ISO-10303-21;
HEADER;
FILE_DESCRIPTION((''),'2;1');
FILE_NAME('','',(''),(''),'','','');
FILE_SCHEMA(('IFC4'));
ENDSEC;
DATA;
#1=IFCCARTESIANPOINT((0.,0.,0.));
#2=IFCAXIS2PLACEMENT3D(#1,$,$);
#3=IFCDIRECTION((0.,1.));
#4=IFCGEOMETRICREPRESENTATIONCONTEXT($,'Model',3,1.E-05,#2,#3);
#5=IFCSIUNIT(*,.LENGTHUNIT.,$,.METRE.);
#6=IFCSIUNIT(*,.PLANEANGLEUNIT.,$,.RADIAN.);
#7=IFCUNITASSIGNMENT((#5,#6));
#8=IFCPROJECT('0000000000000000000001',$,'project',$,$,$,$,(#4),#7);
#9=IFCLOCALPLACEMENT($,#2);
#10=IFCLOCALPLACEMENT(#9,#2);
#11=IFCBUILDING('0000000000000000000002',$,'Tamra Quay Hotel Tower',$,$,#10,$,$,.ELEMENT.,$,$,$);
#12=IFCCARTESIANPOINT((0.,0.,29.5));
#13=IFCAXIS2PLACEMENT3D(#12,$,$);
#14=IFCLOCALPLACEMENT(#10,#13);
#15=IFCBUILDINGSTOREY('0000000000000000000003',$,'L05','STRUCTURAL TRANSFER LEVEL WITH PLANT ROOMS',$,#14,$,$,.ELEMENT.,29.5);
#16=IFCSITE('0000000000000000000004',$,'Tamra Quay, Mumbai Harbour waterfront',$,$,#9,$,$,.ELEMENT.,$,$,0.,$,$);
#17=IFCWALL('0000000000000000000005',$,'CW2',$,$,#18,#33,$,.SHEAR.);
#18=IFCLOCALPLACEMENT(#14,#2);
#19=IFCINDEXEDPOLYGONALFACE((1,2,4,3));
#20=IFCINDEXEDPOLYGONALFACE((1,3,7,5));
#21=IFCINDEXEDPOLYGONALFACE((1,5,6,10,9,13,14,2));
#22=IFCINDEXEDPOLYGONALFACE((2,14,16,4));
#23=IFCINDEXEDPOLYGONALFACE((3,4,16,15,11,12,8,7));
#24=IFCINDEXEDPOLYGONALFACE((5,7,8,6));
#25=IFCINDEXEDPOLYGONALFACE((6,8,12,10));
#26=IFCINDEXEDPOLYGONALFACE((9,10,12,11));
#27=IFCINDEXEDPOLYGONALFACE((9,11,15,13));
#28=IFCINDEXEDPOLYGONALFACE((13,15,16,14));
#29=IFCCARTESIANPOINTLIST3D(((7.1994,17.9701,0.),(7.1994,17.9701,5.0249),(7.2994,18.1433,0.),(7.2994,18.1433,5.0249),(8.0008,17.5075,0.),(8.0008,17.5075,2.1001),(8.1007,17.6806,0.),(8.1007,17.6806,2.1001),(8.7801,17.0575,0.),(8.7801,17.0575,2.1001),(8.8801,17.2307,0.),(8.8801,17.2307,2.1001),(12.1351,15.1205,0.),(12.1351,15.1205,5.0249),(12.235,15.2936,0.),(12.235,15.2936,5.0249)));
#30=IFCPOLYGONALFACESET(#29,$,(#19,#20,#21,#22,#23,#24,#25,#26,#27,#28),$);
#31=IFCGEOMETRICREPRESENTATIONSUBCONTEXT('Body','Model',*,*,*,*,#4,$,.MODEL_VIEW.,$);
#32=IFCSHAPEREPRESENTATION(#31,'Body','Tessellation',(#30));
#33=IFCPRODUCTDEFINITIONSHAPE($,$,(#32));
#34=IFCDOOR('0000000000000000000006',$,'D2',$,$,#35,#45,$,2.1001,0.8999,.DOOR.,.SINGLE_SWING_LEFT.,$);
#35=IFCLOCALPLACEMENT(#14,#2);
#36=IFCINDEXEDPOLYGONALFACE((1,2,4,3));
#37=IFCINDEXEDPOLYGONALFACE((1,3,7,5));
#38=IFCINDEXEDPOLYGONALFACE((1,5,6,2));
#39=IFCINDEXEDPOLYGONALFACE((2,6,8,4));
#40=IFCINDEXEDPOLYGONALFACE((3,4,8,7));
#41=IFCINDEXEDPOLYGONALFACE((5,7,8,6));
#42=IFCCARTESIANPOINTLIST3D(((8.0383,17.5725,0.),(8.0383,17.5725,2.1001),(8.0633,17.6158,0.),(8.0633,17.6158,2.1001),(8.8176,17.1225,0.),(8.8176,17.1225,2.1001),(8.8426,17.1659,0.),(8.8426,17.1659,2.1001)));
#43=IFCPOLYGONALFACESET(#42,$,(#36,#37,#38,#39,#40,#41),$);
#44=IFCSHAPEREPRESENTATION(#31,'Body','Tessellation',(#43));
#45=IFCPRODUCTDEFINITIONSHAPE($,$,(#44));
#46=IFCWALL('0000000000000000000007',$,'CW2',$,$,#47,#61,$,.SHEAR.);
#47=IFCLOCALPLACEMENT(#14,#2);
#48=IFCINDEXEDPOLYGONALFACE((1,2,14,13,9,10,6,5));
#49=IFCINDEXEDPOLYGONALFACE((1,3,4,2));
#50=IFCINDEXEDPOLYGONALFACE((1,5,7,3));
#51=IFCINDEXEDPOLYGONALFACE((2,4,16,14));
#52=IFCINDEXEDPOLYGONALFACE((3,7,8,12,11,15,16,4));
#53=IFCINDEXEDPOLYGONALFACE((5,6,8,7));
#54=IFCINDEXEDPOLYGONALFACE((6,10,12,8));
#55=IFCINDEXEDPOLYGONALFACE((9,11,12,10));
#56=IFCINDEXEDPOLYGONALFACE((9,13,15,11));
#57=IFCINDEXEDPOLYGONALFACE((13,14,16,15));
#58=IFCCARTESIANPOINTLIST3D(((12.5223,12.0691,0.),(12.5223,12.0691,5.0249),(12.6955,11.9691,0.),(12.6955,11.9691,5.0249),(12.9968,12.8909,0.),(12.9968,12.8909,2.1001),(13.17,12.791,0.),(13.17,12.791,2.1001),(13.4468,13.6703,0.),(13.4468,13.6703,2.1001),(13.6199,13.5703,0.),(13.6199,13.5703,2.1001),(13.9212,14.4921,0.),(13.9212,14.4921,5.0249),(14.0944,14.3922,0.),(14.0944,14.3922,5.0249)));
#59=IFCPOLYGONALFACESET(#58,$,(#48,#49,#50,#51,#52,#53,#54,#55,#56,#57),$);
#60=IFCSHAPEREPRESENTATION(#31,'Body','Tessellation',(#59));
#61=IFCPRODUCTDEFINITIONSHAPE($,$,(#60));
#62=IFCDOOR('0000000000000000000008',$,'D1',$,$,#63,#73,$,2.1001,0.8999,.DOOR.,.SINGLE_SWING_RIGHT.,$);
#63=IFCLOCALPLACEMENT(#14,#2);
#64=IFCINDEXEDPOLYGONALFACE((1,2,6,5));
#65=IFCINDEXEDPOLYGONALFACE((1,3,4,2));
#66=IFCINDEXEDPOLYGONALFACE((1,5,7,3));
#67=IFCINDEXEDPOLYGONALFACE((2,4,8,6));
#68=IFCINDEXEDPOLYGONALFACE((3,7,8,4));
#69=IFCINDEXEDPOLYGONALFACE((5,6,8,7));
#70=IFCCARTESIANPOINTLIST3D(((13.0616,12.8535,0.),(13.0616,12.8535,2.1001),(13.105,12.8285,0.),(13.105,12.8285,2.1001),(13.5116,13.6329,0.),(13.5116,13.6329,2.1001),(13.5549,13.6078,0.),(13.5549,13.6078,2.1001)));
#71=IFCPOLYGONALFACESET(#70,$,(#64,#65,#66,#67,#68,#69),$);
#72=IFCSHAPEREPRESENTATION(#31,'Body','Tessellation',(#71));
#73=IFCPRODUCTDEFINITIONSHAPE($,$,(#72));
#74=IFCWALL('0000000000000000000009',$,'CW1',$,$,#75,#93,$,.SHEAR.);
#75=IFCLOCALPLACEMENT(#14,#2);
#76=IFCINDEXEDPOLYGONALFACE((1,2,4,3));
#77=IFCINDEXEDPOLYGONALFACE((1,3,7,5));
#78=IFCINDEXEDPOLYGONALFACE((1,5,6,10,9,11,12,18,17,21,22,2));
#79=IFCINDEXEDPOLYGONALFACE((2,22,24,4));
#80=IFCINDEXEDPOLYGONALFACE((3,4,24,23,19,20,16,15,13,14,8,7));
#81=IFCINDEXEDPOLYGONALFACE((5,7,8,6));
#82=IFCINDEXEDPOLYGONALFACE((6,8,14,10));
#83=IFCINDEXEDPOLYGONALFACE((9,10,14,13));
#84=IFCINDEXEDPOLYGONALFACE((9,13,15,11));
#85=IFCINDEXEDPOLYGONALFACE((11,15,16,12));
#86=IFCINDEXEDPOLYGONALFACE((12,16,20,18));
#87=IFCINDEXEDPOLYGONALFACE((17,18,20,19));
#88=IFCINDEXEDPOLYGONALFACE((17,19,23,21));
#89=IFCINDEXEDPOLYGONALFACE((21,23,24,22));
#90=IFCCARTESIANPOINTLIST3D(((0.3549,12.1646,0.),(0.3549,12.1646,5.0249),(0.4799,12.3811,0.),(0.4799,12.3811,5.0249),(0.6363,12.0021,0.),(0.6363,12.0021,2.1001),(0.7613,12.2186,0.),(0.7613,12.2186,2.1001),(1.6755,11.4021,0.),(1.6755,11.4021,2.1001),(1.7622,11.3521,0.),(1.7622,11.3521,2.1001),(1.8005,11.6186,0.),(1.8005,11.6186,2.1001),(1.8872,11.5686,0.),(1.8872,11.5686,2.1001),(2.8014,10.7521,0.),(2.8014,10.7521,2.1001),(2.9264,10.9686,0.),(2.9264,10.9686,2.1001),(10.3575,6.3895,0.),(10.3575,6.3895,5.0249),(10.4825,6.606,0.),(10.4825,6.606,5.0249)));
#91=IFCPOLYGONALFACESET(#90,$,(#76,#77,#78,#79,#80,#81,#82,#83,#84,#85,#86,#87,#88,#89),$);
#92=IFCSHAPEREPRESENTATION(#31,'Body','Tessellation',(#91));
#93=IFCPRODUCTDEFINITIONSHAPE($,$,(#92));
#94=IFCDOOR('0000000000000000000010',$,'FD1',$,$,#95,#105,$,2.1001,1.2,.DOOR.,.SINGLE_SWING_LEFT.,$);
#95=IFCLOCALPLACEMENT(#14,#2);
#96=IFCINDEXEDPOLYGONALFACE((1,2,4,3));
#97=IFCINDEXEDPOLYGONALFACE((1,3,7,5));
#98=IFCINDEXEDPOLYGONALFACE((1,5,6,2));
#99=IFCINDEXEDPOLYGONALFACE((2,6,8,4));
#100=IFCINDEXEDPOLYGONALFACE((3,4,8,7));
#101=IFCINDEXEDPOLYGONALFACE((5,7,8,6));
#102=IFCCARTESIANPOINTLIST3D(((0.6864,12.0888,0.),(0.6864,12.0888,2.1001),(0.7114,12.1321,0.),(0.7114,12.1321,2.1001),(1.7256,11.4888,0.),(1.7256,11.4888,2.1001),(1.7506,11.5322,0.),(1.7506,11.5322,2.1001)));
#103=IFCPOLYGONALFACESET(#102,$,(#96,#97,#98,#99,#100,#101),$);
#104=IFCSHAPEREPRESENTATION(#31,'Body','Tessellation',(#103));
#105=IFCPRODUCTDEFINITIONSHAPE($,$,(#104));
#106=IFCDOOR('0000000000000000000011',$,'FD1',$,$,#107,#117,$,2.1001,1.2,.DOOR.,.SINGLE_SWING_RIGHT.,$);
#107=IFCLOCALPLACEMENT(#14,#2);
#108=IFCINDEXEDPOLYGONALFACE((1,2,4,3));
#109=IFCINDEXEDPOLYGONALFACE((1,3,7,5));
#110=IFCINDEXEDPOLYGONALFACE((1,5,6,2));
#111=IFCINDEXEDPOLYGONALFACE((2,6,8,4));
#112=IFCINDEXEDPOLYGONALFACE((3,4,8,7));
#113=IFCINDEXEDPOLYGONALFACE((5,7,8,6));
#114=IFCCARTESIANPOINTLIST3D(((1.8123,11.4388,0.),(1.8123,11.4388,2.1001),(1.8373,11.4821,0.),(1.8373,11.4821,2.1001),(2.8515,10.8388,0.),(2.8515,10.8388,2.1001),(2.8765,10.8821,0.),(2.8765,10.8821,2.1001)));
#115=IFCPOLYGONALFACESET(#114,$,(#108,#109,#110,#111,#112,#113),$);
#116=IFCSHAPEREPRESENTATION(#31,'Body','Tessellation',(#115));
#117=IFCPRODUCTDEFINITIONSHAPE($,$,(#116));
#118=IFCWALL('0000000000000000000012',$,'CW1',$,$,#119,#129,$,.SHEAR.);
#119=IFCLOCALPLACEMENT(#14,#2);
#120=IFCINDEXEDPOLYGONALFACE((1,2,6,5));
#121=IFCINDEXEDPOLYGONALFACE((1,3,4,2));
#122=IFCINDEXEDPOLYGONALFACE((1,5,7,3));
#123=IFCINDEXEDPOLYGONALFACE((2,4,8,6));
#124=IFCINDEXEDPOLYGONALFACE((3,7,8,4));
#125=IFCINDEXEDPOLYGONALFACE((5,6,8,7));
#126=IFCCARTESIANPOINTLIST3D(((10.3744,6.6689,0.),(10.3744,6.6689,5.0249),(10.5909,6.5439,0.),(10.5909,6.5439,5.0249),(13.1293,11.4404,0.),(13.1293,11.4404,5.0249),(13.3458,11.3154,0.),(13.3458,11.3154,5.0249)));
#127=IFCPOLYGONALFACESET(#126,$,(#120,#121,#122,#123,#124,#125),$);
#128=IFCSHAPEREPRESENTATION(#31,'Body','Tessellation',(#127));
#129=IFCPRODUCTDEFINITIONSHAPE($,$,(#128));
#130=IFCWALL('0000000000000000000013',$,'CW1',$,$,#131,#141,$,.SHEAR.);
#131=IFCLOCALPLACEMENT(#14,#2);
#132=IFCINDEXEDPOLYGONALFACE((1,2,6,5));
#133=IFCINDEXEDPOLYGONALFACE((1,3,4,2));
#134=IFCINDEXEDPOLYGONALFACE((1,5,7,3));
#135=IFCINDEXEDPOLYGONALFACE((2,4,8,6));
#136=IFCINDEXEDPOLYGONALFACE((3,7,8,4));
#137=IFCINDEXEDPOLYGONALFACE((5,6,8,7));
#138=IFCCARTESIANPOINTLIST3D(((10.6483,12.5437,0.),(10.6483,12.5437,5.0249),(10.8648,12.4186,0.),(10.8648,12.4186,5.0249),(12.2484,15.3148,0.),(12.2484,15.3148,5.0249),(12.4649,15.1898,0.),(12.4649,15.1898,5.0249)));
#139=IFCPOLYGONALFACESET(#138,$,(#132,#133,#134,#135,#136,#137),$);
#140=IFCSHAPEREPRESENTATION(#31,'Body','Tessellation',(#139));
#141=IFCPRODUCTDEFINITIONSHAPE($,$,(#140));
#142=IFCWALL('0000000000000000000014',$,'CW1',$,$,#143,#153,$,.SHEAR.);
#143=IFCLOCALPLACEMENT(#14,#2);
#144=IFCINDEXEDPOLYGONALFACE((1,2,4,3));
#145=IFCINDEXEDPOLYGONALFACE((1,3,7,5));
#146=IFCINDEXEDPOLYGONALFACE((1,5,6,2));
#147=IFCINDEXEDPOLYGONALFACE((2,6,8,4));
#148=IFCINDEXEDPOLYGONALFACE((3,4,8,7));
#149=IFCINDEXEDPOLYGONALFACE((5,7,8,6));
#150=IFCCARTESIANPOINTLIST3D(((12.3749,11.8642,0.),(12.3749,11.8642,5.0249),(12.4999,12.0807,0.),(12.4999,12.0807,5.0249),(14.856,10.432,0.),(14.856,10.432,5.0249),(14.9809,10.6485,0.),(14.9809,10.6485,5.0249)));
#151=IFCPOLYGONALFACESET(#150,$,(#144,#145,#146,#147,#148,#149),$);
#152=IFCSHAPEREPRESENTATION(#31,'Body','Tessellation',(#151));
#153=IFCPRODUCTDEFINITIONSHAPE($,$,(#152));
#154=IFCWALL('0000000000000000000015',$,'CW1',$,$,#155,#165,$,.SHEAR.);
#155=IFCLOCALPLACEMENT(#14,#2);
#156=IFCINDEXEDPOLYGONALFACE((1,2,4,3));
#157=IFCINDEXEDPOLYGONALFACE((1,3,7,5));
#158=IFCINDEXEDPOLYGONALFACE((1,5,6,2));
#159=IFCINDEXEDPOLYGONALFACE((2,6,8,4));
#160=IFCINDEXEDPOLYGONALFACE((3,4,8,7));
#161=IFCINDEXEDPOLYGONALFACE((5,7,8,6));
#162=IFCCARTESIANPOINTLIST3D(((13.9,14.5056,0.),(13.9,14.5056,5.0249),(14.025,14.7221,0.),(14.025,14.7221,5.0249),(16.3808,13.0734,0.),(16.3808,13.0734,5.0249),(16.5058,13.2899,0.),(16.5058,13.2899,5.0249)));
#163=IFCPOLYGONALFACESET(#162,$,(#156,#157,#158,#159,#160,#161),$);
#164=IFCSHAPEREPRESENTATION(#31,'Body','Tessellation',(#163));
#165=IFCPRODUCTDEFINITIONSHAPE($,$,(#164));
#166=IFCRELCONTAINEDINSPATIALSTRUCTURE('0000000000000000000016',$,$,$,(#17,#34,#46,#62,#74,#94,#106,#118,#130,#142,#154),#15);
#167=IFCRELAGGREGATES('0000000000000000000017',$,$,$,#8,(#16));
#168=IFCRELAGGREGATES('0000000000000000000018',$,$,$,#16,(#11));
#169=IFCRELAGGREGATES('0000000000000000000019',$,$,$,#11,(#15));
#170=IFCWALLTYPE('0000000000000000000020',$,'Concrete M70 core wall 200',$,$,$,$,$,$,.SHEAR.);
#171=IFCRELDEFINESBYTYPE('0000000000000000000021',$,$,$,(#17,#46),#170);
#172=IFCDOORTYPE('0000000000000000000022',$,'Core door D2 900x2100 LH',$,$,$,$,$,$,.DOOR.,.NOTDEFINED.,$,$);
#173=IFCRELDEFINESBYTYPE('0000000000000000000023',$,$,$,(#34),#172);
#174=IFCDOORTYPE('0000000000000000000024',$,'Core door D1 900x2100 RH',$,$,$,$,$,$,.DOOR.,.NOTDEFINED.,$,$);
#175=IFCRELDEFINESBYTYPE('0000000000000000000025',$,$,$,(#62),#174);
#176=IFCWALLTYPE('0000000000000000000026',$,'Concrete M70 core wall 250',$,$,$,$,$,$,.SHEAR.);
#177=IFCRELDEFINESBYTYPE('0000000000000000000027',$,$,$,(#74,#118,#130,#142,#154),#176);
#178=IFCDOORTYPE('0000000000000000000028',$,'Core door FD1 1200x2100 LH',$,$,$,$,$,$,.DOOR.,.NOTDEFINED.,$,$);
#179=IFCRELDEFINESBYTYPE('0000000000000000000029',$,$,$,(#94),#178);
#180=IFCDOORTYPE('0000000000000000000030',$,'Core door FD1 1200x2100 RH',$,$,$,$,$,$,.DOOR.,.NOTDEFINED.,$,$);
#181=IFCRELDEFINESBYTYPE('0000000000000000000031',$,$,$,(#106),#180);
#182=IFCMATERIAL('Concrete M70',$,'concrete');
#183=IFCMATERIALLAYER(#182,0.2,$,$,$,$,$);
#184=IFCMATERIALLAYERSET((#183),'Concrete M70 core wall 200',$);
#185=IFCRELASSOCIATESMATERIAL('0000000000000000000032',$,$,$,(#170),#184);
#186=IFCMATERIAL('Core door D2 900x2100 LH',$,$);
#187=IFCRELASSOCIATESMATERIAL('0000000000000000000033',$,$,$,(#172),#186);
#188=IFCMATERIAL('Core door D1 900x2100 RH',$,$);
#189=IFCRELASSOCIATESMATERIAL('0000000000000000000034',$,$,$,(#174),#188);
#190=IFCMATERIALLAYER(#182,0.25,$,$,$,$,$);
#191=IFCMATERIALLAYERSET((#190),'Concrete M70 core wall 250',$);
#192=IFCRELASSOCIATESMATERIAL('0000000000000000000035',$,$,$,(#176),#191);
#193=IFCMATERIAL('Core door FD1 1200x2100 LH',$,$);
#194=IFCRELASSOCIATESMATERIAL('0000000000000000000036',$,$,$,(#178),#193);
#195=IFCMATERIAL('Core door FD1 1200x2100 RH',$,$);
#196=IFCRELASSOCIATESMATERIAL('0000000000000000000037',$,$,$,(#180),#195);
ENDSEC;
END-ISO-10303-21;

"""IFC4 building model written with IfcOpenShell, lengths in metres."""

from ifc_helpers import new_model, si_unit, direction, frame, frame_2d, origin, place, context, subcontext, project, spatial, rectangle, extrude, material, layer, layer_set, type_object, element, fill, save


model = new_model("IFC4")

# Units and contexts
model_context = context("Model", 3, precision=1e-05, world=origin(), true_north=direction((0.0, 1.0)))
body_context = subcontext(model_context, "Body", "Model", "MODEL_VIEW")
ifc_project = project(units=[si_unit("LENGTHUNIT", "METRE"), si_unit("PLANEANGLEUNIT", "RADIAN")], contexts=[model_context])

# Site, building, storey
site_placement = place(None, origin())
site = spatial("IfcSite", under=ifc_project, at=site_placement, Name="Tamra Quay, Mumbai Harbour waterfront", CompositionType="ELEMENT", RefElevation=0.0)
building_placement = place(site_placement, origin())
building = spatial("IfcBuilding", under=site, at=building_placement, Name="Tamra Quay Hotel Tower", CompositionType="ELEMENT")
storey_placement = place(building_placement, frame((0.0, 0.0, 29.5)))
storey = spatial("IfcBuildingStorey", under=building, at=storey_placement, Name="L05", Description="STRUCTURAL TRANSFER LEVEL WITH PLANT ROOMS", CompositionType="ELEMENT", Elevation=29.5)

# Walls, openings, doors
ifc_material_1 = material(Name="Concrete M70", Category="concrete")
ifc_layer_1 = layer(ifc_material_1, 0.2)
ifc_layer_set_1 = layer_set([ifc_layer_1], Name="Concrete M70 core wall 200")
wall_type_1 = type_object("IfcWallType", Name="Concrete M70 core wall 200", PredefinedType="SHEAR", material=ifc_layer_set_1)
wall_1_placement = place(storey_placement, frame((12.1851, 15.207, 0.0), z_axis=(0.0, 0.0, 1.0), x_axis=(-0.86602, 0.500009, 0.0)))
wall_1 = element("IfcWall", 1, at=wall_1_placement, inside=storey, type_object=wall_type_1, Name="CW2", PredefinedType="SHEAR", context=body_context, shape_type="SweptSolid", body=[
    extrude(rectangle(XDim=5.6992, YDim=0.2, at=frame_2d((2.8496, 0.0))), origin(), (0.0, 0.0, 1.0), 5.0249),
])
opening_1_placement = place(wall_1_placement, frame((3.874, 0.0, 0.0)))
opening_1 = element("IfcOpeningElement", 2, at=opening_1_placement, cuts=wall_1, PredefinedType="OPENING", context=body_context, shape_type="SweptSolid", body=[
    extrude(rectangle(XDim=0.8999, YDim=2.1001, at=frame_2d((0.45, 1.05))), frame((0.0, 0.1099, 0.0), z_axis=(0.0, -1.0, 0.0), x_axis=(1.0, 0.0, 0.0)), (0.0, 0.0, 1.0), 0.22),
])
ifc_material_2 = material(Name="Core door D2 900x2100 LH")
door_type_1 = type_object("IfcDoorType", Name="Core door D2 900x2100 LH", OperationType="NOTDEFINED", PredefinedType="DOOR", material=ifc_material_2)
door_1_placement = place(opening_1_placement, origin())
door_1 = element("IfcDoor", 3, at=door_1_placement, inside=storey, type_object=door_type_1, Name="D2", OperationType="SINGLE_SWING_LEFT", OverallHeight=2.1001, OverallWidth=0.8999, PredefinedType="DOOR", context=body_context, shape_type="SweptSolid", body=[
    extrude(rectangle(XDim=0.8999, YDim=2.1001, at=frame_2d((0.45, 1.05))), frame((0.0, 0.0249, 0.0), z_axis=(0.0, -1.0, 0.0), x_axis=(1.0, 0.0, 0.0)), (0.0, 0.0, 1.0), 0.05),
])
fill(opening_1, door_1)
wall_2_placement = place(storey_placement, frame((14.0078, 14.4421, 0.0), z_axis=(0.0, 0.0, 1.0), x_axis=(-0.499987, -0.866033, 0.0)))
wall_2 = element("IfcWall", 4, at=wall_2_placement, inside=storey, type_object=wall_type_1, Name="CW2", PredefinedType="SHEAR", context=body_context, shape_type="SweptSolid", body=[
    extrude(rectangle(XDim=2.7979, YDim=0.2, at=frame_2d((1.3989, 0.0))), origin(), (0.0, 0.0, 1.0), 5.0249),
])
opening_2_placement = place(wall_2_placement, frame((0.949, 0.0, 0.0)))
opening_2 = element("IfcOpeningElement", 5, at=opening_2_placement, cuts=wall_2, PredefinedType="OPENING", context=body_context, shape_type="SweptSolid", body=[
    extrude(rectangle(XDim=0.8999, YDim=2.1001, at=frame_2d((0.45, 1.05))), frame((0.0, 0.1099, 0.0), z_axis=(0.0, -1.0, 0.0), x_axis=(1.0, 0.0, 0.0)), (0.0, 0.0, 1.0), 0.22),
])
ifc_material_3 = material(Name="Core door D1 900x2100 RH")
door_type_2 = type_object("IfcDoorType", Name="Core door D1 900x2100 RH", OperationType="NOTDEFINED", PredefinedType="DOOR", material=ifc_material_3)
door_2_placement = place(opening_2_placement, origin())
door_2 = element("IfcDoor", 6, at=door_2_placement, inside=storey, type_object=door_type_2, Name="D1", OperationType="SINGLE_SWING_RIGHT", OverallHeight=2.1001, OverallWidth=0.8999, PredefinedType="DOOR", context=body_context, shape_type="SweptSolid", body=[
    extrude(rectangle(XDim=0.8999, YDim=2.1001, at=frame_2d((0.45, 1.05))), frame((0.0, 0.0249, 0.0), z_axis=(0.0, -1.0, 0.0), x_axis=(1.0, 0.0, 0.0)), (0.0, 0.0, 1.0), 0.05),
])
fill(opening_2, door_2)

# Wall, openings, doors
ifc_layer_2 = layer(ifc_material_1, 0.25)
ifc_layer_set_2 = layer_set([ifc_layer_2], Name="Concrete M70 core wall 250")
wall_type_2 = type_object("IfcWallType", Name="Concrete M70 core wall 250", PredefinedType="SHEAR", material=ifc_layer_set_2)
wall_3_placement = place(storey_placement, frame((10.4199, 6.4978, 0.0), z_axis=(0.0, 0.0, 1.0), x_axis=(-0.866022, 0.500006, 0.0)))
wall_3 = element("IfcWall", 7, at=wall_3_placement, inside=storey, type_object=wall_type_2, Name="CW1", PredefinedType="SHEAR", context=body_context, shape_type="SweptSolid", body=[
    extrude(rectangle(XDim=11.55, YDim=0.25, at=frame_2d((5.7749, 0.0))), origin(), (0.0, 0.0, 1.0), 5.0249),
])
opening_3_placement = place(wall_3_placement, frame((10.0249, 0.0, 0.0)))
opening_3 = element("IfcOpeningElement", 8, at=opening_3_placement, cuts=wall_3, PredefinedType="OPENING", context=body_context, shape_type="SweptSolid", body=[
    extrude(rectangle(XDim=1.2, YDim=2.1001, at=frame_2d((0.6001, 1.05))), frame((0.0, 0.135, 0.0), z_axis=(0.0, -1.0, 0.0), x_axis=(1.0, 0.0, 0.0)), (0.0, 0.0, 1.0), 0.27),
])
opening_4_placement = place(wall_3_placement, frame((8.7249, 0.0, 0.0)))
opening_4 = element("IfcOpeningElement", 9, at=opening_4_placement, cuts=wall_3, PredefinedType="OPENING", context=body_context, shape_type="SweptSolid", body=[
    extrude(rectangle(XDim=1.2, YDim=2.1001, at=frame_2d((0.6001, 1.05))), frame((0.0, 0.135, 0.0), z_axis=(0.0, -1.0, 0.0), x_axis=(1.0, 0.0, 0.0)), (0.0, 0.0, 1.0), 0.27),
])
ifc_material_4 = material(Name="Core door FD1 1200x2100 LH")
door_type_3 = type_object("IfcDoorType", Name="Core door FD1 1200x2100 LH", OperationType="NOTDEFINED", PredefinedType="DOOR", material=ifc_material_4)
door_3_placement = place(opening_3_placement, origin())
door_3 = element("IfcDoor", 10, at=door_3_placement, inside=storey, type_object=door_type_3, Name="FD1", OperationType="SINGLE_SWING_LEFT", OverallHeight=2.1001, OverallWidth=1.2, PredefinedType="DOOR", context=body_context, shape_type="SweptSolid", body=[
    extrude(rectangle(XDim=1.2, YDim=2.1001, at=frame_2d((0.6001, 1.05))), frame((0.0, 0.0249, 0.0), z_axis=(0.0, -1.0, 0.0), x_axis=(1.0, 0.0, 0.0)), (0.0, 0.0, 1.0), 0.05),
])
fill(opening_3, door_3)
ifc_material_5 = material(Name="Core door FD1 1200x2100 RH")
door_type_4 = type_object("IfcDoorType", Name="Core door FD1 1200x2100 RH", OperationType="NOTDEFINED", PredefinedType="DOOR", material=ifc_material_5)
door_4_placement = place(opening_4_placement, origin())
door_4 = element("IfcDoor", 11, at=door_4_placement, inside=storey, type_object=door_type_4, Name="FD1", OperationType="SINGLE_SWING_RIGHT", OverallHeight=2.1001, OverallWidth=1.2, PredefinedType="DOOR", context=body_context, shape_type="SweptSolid", body=[
    extrude(rectangle(XDim=1.2, YDim=2.1001, at=frame_2d((0.6001, 1.05))), frame((0.0, 0.0249, 0.0), z_axis=(0.0, -1.0, 0.0), x_axis=(1.0, 0.0, 0.0)), (0.0, 0.0, 1.0), 0.05),
])
fill(opening_4, door_4)

# Walls
wall_4_placement = place(storey_placement, frame((13.2375, 11.3779, 0.0), z_axis=(0.0, 0.0, 1.0), x_axis=(-0.500009, -0.86602, 0.0)))
element("IfcWall", 12, at=wall_4_placement, inside=storey, type_object=wall_type_2, Name="CW1", PredefinedType="SHEAR", context=body_context, shape_type="SweptSolid", body=[
    extrude(rectangle(XDim=5.5098, YDim=0.25, at=frame_2d((2.7549, 0.0))), origin(), (0.0, 0.0, 1.0), 5.0249),
])
wall_5_placement = place(storey_placement, frame((12.3567, 15.2524, 0.0), z_axis=(0.0, 0.0, 1.0), x_axis=(-0.500028, -0.866009, 0.0)))
element("IfcWall", 13, at=wall_5_placement, inside=storey, type_object=wall_type_2, Name="CW1", PredefinedType="SHEAR", context=body_context, shape_type="SweptSolid", body=[
    extrude(rectangle(XDim=3.2, YDim=0.25, at=frame_2d((1.6001, 0.0))), origin(), (0.0, 0.0, 1.0), 5.0249),
])
wall_6_placement = place(storey_placement, frame((14.9185, 10.5403, 0.0), z_axis=(0.0, 0.0, 1.0), x_axis=(-0.866064, 0.499934, 0.0)))
element("IfcWall", 14, at=wall_6_placement, inside=storey, type_object=wall_type_2, Name="CW1", PredefinedType="SHEAR", context=body_context, shape_type="SweptSolid", body=[
    extrude(rectangle(XDim=2.8647, YDim=0.25, at=frame_2d((1.4324, 0.0))), origin(), (0.0, 0.0, 1.0), 5.0249),
])
wall_7_placement = place(storey_placement, frame((13.9626, 14.6138, 0.0), z_axis=(0.0, 0.0, 1.0), x_axis=(0.866042, -0.499971, 0.0)))
element("IfcWall", 15, at=wall_7_placement, inside=storey, type_object=wall_type_2, Name="CW1", PredefinedType="SHEAR", context=body_context, shape_type="SweptSolid", body=[
    extrude(rectangle(XDim=2.8645, YDim=0.25, at=frame_2d((1.4321, 0.0))), origin(), (0.0, 0.0, 1.0), 5.0249),
])

save(model, "model.ifc")
